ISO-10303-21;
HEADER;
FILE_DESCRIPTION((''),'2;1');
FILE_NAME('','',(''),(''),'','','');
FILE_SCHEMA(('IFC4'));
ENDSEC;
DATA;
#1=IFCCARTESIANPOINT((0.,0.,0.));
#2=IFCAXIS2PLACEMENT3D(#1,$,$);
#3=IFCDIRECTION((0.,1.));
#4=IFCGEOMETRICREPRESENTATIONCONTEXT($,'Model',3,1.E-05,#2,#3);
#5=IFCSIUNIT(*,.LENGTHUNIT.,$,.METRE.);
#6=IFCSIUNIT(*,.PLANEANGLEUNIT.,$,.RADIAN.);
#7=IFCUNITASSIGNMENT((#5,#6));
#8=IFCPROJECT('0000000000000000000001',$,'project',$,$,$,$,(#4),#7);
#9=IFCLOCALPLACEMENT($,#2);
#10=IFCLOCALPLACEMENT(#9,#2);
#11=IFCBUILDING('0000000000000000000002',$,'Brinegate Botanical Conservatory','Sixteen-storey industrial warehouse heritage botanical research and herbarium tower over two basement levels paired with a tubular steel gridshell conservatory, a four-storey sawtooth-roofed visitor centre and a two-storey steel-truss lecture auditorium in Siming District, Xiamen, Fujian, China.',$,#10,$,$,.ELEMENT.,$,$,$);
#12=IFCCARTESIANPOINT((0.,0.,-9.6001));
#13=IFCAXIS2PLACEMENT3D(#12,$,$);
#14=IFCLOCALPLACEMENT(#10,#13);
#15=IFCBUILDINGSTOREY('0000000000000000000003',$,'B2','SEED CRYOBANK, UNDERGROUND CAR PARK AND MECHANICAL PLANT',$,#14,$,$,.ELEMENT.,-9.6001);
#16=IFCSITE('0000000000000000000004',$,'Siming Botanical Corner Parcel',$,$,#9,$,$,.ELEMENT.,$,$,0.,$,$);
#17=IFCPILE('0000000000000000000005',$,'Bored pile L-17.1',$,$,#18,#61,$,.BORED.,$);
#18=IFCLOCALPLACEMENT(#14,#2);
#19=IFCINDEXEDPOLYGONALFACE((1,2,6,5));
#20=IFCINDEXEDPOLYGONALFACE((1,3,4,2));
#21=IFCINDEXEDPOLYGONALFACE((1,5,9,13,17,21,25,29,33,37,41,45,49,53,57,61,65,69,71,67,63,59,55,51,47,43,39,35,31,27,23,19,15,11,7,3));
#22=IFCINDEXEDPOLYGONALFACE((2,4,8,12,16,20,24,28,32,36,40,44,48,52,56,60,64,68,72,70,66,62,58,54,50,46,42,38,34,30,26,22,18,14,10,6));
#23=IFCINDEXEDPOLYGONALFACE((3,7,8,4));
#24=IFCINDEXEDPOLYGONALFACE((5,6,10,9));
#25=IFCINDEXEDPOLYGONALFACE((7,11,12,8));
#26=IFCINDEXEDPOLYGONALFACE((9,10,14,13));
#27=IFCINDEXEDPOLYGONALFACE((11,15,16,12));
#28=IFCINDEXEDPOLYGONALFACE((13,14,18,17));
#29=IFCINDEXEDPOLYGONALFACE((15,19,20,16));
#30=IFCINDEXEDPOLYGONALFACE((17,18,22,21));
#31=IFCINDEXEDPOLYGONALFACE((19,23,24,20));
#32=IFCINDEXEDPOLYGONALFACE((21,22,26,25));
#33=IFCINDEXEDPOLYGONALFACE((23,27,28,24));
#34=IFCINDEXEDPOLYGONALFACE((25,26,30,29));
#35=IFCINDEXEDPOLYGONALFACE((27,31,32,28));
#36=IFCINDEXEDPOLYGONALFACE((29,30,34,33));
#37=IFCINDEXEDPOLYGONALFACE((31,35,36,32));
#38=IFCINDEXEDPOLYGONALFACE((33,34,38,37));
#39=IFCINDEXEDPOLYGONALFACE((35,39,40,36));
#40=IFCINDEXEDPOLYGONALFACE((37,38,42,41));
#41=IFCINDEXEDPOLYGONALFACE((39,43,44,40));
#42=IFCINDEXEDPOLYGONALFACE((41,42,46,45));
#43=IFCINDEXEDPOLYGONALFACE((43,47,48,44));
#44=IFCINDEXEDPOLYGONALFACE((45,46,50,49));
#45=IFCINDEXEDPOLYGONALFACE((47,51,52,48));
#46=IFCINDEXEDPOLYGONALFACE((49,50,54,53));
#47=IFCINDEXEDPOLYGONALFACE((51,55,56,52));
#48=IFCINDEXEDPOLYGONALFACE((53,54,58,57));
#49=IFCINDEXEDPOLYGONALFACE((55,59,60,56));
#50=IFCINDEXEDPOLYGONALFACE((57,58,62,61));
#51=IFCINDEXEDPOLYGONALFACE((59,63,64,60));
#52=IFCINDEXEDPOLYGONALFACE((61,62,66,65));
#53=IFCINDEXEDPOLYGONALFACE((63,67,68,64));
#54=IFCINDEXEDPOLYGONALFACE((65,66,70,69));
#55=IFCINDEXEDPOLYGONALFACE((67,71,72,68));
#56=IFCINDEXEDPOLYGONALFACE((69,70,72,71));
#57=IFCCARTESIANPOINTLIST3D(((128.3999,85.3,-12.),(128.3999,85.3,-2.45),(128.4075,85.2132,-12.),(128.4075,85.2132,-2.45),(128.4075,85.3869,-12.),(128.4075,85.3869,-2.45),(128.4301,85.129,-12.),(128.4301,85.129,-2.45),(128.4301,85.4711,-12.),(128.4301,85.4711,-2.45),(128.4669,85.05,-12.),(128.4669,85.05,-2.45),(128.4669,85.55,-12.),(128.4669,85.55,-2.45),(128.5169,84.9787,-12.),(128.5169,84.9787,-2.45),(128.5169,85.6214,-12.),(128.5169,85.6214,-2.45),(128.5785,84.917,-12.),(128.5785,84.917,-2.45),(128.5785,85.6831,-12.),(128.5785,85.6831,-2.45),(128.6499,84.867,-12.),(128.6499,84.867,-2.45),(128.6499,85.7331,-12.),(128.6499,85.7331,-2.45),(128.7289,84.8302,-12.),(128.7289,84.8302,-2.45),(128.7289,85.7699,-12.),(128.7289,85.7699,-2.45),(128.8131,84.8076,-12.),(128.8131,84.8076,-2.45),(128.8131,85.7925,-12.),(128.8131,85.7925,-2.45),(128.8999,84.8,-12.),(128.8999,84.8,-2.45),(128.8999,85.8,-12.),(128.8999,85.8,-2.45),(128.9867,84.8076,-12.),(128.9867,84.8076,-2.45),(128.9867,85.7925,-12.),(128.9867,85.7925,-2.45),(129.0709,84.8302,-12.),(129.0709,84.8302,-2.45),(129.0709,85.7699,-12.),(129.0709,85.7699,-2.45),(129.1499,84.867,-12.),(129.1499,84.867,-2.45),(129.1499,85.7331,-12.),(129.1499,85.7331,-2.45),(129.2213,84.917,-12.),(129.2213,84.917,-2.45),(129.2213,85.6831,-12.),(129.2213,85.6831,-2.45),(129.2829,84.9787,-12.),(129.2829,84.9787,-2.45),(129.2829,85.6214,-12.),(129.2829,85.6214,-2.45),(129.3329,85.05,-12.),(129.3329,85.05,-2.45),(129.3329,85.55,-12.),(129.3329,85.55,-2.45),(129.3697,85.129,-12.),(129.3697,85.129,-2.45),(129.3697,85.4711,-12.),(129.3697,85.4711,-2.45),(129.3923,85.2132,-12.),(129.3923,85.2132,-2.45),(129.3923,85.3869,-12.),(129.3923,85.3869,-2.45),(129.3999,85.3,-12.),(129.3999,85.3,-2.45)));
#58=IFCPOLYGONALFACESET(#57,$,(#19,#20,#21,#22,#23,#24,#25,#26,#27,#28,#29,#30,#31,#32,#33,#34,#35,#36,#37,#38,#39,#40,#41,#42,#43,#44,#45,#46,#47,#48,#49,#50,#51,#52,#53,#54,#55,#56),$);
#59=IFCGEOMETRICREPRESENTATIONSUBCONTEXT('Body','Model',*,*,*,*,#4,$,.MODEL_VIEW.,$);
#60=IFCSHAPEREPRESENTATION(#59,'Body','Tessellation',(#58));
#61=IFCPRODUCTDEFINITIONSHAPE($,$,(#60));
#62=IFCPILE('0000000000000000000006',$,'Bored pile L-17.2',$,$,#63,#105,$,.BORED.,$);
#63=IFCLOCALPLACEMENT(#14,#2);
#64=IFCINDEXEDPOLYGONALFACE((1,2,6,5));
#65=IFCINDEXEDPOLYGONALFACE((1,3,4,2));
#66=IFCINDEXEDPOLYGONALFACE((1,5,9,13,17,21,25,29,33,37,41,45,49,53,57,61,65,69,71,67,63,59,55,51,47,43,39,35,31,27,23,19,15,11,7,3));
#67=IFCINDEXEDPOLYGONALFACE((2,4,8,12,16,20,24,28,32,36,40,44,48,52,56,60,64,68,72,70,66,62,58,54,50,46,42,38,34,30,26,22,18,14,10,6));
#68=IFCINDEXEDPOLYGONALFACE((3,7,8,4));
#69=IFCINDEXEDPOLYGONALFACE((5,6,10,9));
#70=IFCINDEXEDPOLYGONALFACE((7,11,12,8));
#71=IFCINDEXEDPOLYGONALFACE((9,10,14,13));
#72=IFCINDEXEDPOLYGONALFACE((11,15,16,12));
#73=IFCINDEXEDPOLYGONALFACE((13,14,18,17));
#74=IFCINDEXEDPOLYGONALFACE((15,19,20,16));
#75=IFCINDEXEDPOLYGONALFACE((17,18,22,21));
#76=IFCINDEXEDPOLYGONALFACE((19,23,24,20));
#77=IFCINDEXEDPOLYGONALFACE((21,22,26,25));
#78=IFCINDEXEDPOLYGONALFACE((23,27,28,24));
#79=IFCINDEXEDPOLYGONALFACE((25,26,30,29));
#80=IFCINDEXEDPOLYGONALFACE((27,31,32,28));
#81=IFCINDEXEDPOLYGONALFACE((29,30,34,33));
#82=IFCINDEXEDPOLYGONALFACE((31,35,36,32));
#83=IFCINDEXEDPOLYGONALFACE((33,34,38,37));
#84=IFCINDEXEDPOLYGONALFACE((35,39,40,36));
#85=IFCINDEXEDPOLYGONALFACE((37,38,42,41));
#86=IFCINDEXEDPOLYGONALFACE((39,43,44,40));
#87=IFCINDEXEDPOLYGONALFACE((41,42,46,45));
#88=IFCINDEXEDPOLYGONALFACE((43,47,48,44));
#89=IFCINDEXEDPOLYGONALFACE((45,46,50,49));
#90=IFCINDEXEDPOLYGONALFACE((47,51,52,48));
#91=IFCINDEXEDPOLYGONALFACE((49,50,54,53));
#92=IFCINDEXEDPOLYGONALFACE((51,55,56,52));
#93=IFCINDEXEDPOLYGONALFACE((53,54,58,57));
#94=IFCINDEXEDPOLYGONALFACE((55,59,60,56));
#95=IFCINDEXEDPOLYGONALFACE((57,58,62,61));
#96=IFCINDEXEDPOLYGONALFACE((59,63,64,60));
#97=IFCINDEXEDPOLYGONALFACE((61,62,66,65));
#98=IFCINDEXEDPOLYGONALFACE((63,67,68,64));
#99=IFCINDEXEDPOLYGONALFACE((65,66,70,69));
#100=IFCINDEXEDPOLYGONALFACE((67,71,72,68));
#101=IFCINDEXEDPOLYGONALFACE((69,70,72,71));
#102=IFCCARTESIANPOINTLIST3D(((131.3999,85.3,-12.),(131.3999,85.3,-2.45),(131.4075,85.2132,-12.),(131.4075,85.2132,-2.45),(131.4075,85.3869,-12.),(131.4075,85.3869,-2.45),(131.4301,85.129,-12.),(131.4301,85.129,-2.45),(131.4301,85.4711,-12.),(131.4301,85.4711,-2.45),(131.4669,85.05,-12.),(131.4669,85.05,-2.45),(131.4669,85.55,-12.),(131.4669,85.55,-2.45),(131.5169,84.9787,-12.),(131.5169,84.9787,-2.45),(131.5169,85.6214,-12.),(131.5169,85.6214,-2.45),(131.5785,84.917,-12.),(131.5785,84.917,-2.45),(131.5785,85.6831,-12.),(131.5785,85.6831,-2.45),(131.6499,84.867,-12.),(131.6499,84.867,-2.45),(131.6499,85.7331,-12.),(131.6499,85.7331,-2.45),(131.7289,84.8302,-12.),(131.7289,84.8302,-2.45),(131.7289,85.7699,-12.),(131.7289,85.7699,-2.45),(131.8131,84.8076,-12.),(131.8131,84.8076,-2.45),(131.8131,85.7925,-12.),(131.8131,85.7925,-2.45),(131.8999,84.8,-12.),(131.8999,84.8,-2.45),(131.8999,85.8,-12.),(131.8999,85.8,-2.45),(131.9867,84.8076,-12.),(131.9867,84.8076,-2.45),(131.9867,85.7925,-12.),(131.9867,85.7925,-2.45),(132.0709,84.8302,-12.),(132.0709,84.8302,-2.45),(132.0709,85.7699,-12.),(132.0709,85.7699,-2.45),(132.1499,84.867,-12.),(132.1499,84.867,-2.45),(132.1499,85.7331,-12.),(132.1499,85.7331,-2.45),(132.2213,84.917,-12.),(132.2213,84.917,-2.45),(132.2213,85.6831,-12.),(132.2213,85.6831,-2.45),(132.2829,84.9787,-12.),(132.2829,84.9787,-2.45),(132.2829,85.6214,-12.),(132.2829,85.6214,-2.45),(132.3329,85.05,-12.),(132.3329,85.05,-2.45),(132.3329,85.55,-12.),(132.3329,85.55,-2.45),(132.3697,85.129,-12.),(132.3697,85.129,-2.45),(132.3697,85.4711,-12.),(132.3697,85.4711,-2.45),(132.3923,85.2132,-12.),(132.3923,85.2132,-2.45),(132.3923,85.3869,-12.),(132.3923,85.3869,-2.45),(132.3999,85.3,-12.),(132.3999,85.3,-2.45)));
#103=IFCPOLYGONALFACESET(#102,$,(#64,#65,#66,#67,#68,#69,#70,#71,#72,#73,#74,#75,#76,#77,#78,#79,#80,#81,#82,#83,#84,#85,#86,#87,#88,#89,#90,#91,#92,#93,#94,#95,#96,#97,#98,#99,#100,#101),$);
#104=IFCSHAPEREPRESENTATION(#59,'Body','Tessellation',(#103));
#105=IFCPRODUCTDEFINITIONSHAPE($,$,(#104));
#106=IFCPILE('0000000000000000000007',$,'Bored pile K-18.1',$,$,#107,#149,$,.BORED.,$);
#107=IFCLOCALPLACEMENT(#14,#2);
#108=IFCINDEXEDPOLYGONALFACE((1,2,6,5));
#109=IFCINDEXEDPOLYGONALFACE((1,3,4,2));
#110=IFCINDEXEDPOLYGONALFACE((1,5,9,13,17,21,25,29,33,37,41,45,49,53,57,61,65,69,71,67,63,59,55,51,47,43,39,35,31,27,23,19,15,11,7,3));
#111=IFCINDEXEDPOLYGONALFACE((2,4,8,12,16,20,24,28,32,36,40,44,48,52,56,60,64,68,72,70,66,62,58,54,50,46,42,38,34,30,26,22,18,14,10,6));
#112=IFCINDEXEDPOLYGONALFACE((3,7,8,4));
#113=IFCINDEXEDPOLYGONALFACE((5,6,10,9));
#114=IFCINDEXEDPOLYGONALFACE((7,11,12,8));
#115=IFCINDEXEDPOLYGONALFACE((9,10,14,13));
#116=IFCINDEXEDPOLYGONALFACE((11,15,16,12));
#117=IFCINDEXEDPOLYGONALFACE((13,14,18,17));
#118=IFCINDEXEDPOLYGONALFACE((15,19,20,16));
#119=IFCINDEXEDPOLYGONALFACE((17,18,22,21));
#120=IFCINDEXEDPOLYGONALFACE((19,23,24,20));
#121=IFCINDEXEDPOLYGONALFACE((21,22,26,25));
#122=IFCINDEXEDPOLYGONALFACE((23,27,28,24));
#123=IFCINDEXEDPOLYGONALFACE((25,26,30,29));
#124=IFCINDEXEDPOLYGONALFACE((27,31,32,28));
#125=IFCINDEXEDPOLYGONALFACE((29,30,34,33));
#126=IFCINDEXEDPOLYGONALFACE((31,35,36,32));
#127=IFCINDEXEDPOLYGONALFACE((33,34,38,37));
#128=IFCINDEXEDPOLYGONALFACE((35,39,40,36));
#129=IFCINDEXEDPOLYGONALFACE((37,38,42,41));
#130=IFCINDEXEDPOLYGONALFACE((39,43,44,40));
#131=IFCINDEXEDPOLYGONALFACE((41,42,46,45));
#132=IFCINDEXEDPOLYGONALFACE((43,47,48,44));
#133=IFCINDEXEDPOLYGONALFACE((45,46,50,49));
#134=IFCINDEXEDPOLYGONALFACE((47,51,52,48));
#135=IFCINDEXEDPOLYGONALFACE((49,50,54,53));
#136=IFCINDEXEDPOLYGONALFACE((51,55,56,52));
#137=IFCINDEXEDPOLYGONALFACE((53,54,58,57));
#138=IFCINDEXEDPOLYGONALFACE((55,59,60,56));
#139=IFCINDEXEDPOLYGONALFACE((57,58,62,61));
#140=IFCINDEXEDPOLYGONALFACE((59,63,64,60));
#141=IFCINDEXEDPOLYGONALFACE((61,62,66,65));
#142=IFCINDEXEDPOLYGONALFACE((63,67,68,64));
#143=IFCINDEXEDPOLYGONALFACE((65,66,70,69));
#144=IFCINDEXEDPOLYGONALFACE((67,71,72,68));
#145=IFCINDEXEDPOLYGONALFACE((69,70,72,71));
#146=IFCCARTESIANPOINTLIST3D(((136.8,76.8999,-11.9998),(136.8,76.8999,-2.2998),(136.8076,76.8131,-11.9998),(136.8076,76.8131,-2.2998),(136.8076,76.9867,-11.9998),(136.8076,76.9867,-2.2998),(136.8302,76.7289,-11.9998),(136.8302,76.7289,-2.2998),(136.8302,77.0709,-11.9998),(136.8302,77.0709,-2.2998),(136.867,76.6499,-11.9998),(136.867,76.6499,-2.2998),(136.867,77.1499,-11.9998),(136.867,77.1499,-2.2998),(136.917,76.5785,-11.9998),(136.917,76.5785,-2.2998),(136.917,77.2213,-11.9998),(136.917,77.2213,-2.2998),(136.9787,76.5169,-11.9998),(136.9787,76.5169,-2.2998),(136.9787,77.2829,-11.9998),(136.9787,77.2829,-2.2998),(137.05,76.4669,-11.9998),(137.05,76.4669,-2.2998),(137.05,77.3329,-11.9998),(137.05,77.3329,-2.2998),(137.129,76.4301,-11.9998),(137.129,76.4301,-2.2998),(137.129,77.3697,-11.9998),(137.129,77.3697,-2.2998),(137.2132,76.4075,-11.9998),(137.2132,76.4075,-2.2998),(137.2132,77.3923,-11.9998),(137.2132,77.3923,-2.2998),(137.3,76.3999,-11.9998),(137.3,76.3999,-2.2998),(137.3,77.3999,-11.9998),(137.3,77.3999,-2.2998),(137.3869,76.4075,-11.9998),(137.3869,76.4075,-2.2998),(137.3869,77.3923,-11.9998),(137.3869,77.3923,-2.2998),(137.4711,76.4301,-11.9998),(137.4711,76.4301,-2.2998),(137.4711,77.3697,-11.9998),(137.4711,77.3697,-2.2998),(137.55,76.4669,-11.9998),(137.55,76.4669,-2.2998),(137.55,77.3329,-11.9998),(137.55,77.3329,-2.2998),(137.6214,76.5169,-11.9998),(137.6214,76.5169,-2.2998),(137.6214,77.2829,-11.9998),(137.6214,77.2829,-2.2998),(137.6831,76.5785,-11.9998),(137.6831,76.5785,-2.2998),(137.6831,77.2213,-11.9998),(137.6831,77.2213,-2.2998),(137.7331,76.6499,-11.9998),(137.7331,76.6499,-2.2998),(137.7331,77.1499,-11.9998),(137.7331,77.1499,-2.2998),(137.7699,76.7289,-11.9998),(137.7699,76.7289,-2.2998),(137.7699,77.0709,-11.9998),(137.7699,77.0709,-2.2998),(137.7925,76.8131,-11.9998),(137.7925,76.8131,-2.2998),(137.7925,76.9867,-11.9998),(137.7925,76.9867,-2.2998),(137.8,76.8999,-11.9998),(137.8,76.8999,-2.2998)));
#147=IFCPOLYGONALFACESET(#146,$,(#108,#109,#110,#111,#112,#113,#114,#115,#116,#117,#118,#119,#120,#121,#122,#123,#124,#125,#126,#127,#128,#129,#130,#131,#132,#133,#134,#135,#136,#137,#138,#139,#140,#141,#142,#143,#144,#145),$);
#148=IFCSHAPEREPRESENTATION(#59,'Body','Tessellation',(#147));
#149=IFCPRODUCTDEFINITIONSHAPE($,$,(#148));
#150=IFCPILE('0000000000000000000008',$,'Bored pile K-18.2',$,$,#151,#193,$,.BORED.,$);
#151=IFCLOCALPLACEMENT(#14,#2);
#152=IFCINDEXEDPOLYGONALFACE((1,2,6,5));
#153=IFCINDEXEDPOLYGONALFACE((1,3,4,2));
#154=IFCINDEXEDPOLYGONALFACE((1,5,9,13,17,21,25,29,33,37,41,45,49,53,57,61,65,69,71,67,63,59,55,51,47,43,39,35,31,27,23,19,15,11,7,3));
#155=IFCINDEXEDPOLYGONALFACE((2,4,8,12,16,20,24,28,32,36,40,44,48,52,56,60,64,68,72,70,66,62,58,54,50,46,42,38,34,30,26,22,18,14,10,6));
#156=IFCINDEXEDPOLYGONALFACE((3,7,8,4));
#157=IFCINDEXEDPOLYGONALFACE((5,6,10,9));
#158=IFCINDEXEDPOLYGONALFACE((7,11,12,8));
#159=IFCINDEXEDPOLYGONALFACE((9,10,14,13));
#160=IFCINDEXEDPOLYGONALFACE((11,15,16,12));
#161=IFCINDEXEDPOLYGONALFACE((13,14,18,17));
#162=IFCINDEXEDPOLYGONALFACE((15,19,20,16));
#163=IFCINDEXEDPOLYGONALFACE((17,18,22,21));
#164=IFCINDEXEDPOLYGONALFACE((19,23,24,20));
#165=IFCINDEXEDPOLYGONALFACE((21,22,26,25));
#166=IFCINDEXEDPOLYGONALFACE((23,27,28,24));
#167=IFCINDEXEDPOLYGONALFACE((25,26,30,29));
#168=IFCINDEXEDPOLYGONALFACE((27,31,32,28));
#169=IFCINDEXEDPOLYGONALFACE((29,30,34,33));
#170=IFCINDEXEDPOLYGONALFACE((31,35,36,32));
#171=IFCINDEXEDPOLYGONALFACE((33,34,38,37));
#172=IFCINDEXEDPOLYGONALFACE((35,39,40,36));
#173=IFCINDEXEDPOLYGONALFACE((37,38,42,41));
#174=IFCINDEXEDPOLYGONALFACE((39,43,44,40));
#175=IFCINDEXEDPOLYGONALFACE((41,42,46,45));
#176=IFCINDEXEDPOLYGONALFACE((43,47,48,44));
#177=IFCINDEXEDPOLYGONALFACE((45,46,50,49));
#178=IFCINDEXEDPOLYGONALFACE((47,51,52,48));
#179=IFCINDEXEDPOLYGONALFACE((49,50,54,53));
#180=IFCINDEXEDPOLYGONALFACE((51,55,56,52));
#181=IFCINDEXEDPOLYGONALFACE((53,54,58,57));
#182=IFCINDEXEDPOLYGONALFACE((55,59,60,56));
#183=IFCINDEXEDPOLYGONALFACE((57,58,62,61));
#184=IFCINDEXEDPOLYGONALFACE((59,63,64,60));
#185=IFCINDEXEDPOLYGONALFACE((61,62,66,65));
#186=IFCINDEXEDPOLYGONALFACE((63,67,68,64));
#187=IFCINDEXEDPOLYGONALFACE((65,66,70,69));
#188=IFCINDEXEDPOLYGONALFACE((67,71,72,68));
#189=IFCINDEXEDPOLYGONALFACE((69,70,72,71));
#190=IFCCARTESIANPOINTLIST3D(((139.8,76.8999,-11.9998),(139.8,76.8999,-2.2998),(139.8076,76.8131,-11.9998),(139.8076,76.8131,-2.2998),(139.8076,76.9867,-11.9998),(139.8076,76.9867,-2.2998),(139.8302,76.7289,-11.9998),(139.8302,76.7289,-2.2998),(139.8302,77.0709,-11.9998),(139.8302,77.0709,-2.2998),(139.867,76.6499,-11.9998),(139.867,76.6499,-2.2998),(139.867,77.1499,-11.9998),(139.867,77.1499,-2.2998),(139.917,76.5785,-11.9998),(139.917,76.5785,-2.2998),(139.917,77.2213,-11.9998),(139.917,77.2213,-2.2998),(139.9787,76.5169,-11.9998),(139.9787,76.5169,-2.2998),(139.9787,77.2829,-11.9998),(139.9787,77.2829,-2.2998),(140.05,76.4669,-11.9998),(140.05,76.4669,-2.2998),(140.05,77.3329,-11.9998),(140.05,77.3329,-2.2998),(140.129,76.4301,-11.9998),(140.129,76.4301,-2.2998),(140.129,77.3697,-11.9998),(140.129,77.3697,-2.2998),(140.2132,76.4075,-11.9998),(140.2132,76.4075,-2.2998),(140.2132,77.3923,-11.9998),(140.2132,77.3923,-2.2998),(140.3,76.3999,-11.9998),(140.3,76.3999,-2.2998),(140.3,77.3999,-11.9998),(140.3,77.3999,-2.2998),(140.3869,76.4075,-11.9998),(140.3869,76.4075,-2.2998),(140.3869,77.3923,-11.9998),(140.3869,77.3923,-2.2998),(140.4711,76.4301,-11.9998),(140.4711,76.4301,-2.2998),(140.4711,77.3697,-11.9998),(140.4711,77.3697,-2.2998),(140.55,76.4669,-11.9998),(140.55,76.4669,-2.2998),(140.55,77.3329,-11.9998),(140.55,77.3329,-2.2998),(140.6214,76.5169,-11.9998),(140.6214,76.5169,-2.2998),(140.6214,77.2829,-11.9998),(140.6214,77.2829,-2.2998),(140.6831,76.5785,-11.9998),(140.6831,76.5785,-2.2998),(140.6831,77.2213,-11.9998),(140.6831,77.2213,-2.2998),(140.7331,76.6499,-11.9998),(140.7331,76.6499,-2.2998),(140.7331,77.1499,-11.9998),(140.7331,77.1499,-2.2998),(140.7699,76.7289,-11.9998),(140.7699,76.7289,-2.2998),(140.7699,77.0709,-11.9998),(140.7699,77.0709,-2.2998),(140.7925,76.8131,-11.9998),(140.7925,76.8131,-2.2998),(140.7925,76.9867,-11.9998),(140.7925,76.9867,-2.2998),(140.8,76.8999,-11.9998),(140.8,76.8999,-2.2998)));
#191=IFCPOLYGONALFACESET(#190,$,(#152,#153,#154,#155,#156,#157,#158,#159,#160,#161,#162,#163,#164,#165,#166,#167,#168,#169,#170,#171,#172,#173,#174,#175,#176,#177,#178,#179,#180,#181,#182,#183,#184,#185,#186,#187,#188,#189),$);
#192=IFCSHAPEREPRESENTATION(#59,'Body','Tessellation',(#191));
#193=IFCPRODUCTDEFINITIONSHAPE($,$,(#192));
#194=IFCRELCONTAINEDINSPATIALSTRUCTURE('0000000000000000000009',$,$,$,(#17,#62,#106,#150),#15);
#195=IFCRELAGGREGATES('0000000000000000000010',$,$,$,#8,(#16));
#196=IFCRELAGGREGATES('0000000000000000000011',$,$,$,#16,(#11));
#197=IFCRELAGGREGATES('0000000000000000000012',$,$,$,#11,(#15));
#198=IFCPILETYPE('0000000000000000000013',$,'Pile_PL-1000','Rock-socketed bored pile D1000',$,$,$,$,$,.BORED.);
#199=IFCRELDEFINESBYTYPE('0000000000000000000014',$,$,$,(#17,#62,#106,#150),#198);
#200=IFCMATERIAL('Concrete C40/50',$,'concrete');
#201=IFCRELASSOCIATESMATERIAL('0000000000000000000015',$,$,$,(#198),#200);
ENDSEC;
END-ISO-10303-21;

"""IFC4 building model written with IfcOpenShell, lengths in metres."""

from ifc_helpers import new_model, si_unit, direction, frame, origin, origin_2d, place, context, subcontext, project, spatial, circle, extrude, material, material_profile, profile_set, type_object, element, save


model = new_model("IFC4")

# Units and contexts
model_context = context("Model", 3, precision=1e-05, world=origin(), true_north=direction((0.0, 1.0)))
body_context = subcontext(model_context, "Body", "Model", "MODEL_VIEW")
ifc_project = project(units=[si_unit("LENGTHUNIT", "METRE"), si_unit("PLANEANGLEUNIT", "RADIAN")], contexts=[model_context])

# Site, building, storey
site_placement = place(None, origin())
site = spatial("IfcSite", under=ifc_project, at=site_placement, Name="Siming Botanical Corner Parcel", CompositionType="ELEMENT", RefElevation=0.0)
building_placement = place(site_placement, origin())
building = spatial("IfcBuilding", under=site, at=building_placement, Name="Brinegate Botanical Conservatory", Description="Sixteen-storey industrial warehouse heritage botanical research and herbarium tower over two basement levels paired with a tubular steel gridshell conservatory, a four-storey sawtooth-roofed visitor centre and a two-storey steel-truss lecture auditorium in Siming District, Xiamen, Fujian, China.", CompositionType="ELEMENT")
storey_placement = place(building_placement, frame((0.0, 0.0, -9.6001)))
storey = spatial("IfcBuildingStorey", under=building, at=storey_placement, Name="B2", Description="SEED CRYOBANK, UNDERGROUND CAR PARK AND MECHANICAL PLANT", CompositionType="ELEMENT", Elevation=-9.6001)

# Shared definitions
ifc_material_1 = material(Name="Concrete C40/50", Category="concrete")

# Piles
ifc_material_profile_1 = material_profile(ifc_material_1, circle(Radius=0.5, at=origin_2d()), Name="PILE D1000")
ifc_profile_set_1 = profile_set([ifc_material_profile_1], Name="Concrete C40/50")
pile_type_1 = type_object("IfcPileType", Name="Pile_PL-1000", Description="Rock-socketed bored pile D1000", PredefinedType="BORED", material=ifc_profile_set_1)
for number, where, z_axis, x_axis, name in (
    (1, (128.8999, 85.3, -2.45), (0.0, 0.0, -1.0), (1.0, 0.0, 0.0), "Bored pile L-17.1"),
    (2, (131.8999, 85.3, -2.45), (0.0, 0.0, -1.0), (1.0, 0.0, 0.0), "Bored pile L-17.2"),
):
    element("IfcPile", number, at=place(storey_placement, frame(where, z_axis=z_axis, x_axis=x_axis)), inside=storey, type_object=pile_type_1, Name=name, PredefinedType="BORED", context=body_context, shape_type="SweptSolid", body=[
        extrude(circle(Radius=0.5, at=origin_2d()), origin(), (0.0, 0.0, 1.0), 9.55),
    ])
for number, where, z_axis, x_axis, name in (
    (3, (137.3, 76.8999, -2.2998), (0.0, 0.0, -1.0), (1.0, 0.0, 0.0), "Bored pile K-18.1"),
    (4, (140.3, 76.8999, -2.2998), (0.0, 0.0, -1.0), (1.0, 0.0, 0.0), "Bored pile K-18.2"),
):
    element("IfcPile", number, at=place(storey_placement, frame(where, z_axis=z_axis, x_axis=x_axis)), inside=storey, type_object=pile_type_1, Name=name, PredefinedType="BORED", context=body_context, shape_type="SweptSolid", body=[
        extrude(circle(Radius=0.5, at=origin_2d()), origin(), (0.0, 0.0, 1.0), 9.7),
    ])

save(model, "model.ifc")
